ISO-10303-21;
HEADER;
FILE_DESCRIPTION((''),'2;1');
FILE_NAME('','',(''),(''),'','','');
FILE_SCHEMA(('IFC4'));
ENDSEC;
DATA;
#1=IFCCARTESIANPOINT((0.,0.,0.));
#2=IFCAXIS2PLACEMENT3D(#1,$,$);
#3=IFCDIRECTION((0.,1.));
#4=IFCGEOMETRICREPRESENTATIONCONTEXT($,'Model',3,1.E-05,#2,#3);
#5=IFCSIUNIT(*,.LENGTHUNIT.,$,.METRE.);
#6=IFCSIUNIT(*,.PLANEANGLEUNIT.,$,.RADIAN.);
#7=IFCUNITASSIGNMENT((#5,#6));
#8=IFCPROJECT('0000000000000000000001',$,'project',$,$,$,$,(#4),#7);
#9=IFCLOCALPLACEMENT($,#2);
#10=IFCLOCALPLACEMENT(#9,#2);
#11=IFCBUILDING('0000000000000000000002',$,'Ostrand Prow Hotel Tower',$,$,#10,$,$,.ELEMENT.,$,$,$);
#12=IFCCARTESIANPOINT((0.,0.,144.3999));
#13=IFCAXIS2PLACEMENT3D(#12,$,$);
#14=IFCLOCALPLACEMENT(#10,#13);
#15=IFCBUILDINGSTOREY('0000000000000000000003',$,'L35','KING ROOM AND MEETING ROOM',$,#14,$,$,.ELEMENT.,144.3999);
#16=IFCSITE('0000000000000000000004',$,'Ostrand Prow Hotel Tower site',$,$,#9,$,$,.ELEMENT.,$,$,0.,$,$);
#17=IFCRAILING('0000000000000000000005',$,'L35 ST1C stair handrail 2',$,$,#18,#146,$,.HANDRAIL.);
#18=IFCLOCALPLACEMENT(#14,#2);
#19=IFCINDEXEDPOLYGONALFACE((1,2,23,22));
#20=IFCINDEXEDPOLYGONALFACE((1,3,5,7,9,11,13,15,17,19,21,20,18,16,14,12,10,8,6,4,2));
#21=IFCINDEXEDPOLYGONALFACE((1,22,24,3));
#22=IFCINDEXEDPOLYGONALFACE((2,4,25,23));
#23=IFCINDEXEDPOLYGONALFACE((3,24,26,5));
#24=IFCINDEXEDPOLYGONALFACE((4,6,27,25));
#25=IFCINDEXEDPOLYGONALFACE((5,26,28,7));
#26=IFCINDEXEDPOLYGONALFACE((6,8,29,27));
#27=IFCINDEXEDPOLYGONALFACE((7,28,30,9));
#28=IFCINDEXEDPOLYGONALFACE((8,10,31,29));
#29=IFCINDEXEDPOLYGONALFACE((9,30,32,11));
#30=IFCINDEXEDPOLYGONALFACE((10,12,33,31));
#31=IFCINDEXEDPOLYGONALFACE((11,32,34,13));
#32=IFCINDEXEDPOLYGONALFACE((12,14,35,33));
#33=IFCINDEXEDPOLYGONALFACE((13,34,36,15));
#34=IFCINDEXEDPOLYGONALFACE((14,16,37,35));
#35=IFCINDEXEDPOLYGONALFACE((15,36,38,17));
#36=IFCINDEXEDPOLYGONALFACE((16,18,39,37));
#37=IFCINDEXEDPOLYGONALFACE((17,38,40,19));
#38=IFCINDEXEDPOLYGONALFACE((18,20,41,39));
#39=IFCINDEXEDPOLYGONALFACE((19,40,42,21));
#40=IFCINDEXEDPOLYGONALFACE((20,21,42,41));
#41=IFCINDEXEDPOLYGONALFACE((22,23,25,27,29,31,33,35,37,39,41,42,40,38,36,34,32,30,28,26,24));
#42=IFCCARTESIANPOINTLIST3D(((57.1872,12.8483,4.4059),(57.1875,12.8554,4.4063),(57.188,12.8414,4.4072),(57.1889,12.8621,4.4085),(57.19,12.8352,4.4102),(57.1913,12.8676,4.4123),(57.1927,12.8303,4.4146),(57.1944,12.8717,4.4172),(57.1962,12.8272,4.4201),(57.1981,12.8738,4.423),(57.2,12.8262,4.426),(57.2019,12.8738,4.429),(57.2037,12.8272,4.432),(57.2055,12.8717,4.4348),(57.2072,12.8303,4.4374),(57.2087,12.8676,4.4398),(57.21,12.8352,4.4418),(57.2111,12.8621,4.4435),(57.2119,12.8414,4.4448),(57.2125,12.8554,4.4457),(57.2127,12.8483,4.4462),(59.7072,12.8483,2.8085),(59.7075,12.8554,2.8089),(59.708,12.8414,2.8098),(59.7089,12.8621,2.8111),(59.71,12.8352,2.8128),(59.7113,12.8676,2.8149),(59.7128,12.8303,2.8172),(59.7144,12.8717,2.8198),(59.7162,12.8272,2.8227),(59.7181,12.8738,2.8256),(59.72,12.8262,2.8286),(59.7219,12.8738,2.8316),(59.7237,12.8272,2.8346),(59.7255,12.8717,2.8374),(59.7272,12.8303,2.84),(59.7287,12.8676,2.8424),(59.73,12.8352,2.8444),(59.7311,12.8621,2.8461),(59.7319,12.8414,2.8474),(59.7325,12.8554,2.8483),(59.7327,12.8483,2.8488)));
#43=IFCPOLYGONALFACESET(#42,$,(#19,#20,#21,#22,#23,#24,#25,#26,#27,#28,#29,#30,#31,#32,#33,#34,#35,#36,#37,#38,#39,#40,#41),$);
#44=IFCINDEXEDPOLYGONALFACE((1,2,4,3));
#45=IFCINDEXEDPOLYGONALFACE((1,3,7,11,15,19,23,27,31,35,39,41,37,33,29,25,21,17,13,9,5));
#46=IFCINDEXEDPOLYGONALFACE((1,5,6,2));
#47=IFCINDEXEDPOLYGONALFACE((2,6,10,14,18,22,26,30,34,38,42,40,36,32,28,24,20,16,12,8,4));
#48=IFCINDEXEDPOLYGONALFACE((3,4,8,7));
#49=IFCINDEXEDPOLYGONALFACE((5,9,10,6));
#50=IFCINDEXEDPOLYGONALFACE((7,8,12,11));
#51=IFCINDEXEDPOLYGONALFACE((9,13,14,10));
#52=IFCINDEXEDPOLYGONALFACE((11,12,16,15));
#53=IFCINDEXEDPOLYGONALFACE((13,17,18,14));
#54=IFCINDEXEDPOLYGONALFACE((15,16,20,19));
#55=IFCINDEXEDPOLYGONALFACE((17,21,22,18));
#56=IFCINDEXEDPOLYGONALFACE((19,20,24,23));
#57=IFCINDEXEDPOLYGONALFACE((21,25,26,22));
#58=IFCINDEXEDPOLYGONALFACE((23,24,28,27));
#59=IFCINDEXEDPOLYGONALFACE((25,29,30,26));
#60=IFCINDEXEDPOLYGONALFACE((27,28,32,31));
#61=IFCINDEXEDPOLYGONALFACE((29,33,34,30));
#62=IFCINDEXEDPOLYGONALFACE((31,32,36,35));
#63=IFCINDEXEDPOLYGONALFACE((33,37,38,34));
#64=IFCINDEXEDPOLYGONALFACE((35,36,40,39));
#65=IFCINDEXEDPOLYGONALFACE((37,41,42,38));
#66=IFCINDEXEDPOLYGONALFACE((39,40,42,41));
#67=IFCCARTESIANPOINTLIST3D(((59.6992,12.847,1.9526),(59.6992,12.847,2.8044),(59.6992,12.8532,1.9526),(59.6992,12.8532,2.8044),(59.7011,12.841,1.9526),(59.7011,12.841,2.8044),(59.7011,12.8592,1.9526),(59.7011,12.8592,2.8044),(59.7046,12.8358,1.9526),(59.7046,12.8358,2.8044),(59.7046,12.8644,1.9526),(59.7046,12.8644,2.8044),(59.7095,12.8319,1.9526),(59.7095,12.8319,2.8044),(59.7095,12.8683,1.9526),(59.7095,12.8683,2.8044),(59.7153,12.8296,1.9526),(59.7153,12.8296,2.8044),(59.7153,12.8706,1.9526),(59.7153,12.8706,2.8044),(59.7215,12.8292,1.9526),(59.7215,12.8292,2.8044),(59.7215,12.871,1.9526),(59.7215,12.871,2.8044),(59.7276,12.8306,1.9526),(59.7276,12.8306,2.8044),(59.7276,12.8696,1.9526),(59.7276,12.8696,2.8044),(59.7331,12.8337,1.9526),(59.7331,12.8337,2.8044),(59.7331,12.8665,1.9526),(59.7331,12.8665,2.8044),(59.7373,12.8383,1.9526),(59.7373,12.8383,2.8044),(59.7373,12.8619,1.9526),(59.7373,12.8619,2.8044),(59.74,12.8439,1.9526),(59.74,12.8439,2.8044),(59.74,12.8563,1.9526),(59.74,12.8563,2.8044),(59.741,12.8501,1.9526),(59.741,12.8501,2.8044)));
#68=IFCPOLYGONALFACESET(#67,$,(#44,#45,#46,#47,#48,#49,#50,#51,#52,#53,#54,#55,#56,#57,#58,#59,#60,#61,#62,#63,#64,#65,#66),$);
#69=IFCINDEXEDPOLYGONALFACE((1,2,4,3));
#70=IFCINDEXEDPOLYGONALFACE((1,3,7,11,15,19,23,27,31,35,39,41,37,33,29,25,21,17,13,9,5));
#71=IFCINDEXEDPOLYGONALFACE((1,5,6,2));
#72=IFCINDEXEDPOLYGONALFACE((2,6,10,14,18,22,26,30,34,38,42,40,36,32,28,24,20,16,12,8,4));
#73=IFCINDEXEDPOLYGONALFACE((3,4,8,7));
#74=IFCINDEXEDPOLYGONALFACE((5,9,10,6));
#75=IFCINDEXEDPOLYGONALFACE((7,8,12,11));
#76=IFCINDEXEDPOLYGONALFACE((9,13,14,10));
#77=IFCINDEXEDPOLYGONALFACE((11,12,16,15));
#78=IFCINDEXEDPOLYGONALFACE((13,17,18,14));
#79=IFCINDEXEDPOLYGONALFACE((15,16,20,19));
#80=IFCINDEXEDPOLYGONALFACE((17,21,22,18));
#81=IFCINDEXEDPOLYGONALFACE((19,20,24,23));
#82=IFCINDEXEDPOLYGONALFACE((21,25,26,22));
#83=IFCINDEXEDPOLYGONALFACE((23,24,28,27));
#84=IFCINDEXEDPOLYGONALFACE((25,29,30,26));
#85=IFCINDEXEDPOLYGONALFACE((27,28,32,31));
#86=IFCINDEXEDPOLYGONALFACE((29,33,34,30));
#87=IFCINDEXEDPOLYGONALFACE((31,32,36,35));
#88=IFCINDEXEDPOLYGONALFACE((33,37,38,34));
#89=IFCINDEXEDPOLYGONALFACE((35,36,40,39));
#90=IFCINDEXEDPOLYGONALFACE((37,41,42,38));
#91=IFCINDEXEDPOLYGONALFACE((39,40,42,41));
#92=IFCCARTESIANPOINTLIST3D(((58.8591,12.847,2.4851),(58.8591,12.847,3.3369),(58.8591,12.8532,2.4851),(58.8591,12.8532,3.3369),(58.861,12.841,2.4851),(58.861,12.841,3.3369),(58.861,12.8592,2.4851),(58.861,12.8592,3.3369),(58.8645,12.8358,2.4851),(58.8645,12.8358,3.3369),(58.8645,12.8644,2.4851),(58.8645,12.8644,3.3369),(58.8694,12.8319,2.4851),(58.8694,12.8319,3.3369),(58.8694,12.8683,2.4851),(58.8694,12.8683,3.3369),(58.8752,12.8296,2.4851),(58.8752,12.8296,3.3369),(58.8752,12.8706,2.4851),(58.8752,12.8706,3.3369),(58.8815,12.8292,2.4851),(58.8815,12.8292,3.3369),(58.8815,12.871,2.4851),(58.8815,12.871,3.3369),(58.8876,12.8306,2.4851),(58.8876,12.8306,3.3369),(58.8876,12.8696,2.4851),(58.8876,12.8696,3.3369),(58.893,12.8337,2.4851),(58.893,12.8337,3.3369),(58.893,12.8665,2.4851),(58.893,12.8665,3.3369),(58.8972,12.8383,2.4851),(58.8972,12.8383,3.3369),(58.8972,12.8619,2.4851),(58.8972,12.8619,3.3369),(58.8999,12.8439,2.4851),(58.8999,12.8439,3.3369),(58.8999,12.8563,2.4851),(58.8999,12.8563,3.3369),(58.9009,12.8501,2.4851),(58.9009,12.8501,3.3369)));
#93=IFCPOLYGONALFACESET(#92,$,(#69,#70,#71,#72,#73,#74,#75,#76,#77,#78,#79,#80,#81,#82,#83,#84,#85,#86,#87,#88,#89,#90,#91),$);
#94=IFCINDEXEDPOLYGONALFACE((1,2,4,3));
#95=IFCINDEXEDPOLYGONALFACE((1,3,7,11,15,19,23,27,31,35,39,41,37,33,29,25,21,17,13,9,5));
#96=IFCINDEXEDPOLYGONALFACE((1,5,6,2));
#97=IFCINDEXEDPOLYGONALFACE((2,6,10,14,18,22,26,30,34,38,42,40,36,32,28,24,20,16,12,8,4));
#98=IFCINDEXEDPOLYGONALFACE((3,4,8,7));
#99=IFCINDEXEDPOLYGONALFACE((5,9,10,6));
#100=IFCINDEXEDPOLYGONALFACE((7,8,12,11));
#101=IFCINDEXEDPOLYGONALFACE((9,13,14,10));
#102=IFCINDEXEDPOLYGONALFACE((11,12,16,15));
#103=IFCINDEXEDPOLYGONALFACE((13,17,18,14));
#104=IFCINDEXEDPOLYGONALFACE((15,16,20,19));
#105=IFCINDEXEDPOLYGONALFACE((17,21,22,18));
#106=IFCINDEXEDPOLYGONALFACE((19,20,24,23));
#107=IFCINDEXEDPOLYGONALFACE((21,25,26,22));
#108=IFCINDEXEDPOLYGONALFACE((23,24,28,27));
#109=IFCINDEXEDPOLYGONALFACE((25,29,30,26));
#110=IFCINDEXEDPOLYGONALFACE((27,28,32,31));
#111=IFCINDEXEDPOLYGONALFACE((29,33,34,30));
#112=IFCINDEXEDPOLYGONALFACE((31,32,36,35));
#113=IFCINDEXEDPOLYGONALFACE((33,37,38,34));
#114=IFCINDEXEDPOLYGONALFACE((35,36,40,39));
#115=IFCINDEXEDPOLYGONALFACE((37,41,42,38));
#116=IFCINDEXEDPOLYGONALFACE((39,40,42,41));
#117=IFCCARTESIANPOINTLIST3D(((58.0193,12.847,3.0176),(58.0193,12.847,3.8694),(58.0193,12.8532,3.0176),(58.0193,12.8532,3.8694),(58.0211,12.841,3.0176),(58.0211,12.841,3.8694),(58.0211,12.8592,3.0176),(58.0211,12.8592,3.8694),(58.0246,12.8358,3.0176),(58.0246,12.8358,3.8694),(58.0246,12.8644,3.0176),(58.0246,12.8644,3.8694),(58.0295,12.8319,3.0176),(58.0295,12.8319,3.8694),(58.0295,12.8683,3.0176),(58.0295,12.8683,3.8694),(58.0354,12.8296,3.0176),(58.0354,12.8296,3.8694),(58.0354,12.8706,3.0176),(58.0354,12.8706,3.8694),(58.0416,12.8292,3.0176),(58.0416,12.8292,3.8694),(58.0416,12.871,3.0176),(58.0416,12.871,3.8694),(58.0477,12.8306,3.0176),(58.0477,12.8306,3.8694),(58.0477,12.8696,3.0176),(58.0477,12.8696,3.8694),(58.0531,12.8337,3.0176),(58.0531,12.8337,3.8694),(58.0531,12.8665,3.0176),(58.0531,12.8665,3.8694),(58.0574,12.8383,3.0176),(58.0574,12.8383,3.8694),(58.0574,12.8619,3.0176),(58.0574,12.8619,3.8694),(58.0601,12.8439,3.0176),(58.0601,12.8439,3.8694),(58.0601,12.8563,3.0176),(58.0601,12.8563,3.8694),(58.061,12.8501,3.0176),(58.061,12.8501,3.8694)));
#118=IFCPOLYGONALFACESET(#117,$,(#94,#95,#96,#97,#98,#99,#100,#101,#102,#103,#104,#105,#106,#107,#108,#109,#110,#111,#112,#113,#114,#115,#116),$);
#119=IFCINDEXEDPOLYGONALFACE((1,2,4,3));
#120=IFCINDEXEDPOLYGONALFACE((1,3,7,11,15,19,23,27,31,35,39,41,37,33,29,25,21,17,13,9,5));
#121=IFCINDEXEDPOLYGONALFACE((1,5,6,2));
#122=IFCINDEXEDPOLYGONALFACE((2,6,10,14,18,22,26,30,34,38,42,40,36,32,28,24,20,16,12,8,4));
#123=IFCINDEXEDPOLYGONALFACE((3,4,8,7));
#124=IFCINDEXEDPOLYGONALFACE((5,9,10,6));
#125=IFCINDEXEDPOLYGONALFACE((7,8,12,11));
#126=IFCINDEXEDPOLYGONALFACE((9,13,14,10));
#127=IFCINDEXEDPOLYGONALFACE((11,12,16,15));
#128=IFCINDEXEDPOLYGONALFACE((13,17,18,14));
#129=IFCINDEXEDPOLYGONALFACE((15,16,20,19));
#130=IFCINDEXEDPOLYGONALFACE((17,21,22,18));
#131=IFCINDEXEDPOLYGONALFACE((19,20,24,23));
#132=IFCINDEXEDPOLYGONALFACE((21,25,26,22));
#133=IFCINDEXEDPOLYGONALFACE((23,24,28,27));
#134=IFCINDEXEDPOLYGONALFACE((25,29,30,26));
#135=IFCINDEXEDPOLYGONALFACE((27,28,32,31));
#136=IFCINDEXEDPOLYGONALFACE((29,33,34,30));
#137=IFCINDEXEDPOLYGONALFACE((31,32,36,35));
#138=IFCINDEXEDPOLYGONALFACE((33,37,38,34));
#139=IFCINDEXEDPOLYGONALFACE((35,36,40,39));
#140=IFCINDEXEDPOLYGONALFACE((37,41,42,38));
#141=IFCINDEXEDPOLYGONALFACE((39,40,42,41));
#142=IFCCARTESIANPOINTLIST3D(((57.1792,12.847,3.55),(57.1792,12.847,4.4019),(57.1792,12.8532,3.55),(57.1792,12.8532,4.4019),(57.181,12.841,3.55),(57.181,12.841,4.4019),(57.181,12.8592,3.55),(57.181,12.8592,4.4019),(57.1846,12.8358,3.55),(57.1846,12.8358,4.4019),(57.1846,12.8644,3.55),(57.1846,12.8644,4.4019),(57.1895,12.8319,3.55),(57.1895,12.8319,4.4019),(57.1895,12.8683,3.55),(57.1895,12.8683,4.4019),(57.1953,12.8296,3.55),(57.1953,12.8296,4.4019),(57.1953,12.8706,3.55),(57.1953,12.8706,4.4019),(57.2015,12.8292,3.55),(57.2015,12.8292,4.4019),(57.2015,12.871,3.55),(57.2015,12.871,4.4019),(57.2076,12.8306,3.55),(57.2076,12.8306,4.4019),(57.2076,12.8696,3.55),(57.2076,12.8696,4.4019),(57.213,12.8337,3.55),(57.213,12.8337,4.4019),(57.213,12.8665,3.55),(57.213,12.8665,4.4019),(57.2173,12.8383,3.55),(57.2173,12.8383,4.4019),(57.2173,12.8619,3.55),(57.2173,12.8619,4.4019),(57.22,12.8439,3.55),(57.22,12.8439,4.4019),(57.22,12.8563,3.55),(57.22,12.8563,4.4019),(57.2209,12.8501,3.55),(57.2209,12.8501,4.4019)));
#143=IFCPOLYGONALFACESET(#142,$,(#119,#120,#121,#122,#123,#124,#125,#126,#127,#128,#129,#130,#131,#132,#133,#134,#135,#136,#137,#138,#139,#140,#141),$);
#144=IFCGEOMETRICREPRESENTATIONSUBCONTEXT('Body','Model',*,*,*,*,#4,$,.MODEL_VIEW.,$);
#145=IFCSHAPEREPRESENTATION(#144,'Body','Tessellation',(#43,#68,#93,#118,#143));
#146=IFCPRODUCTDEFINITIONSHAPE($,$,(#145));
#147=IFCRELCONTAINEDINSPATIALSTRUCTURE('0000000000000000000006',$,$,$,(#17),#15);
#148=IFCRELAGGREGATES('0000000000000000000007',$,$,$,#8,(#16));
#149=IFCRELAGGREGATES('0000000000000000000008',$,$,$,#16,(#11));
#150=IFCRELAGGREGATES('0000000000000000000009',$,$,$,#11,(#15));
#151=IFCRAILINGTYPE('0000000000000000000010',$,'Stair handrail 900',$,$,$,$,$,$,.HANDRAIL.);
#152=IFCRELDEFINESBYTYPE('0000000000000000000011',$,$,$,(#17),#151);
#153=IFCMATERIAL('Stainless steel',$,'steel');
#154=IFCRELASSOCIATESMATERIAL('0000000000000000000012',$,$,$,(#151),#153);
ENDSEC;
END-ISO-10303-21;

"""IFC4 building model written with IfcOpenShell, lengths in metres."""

from ifc_helpers import new_model, si_unit, direction, frame, origin, origin_2d, place, context, subcontext, project, spatial, circle, extrude, material, type_object, element, save


model = new_model("IFC4")

# Units and contexts
model_context = context("Model", 3, precision=1e-05, world=origin(), true_north=direction((0.0, 1.0)))
body_context = subcontext(model_context, "Body", "Model", "MODEL_VIEW")
ifc_project = project(units=[si_unit("LENGTHUNIT", "METRE"), si_unit("PLANEANGLEUNIT", "RADIAN")], contexts=[model_context])

# Site, building, storey
site_placement = place(None, origin())
site = spatial("IfcSite", under=ifc_project, at=site_placement, Name="Ostrand Prow Hotel Tower site", CompositionType="ELEMENT", RefElevation=0.0)
building_placement = place(site_placement, origin())
building = spatial("IfcBuilding", under=site, at=building_placement, Name="Ostrand Prow Hotel Tower", CompositionType="ELEMENT")
storey_placement = place(building_placement, frame((0.0, 0.0, 144.3999)))
storey = spatial("IfcBuildingStorey", under=building, at=storey_placement, Name="L35", Description="KING ROOM AND MEETING ROOM", CompositionType="ELEMENT", Elevation=144.3999)

# Railing
ifc_material_1 = material(Name="Stainless steel", Category="steel")
railing_type_1 = type_object("IfcRailingType", Name="Stair handrail 900", PredefinedType="HANDRAIL", material=ifc_material_1)
railing_1_placement = place(storey_placement, frame((59.72, 12.8501, 1.9526)))
element("IfcRailing", 1, at=railing_1_placement, inside=storey, type_object=railing_type_1, Name="L35 ST1C stair handrail 2", PredefinedType="HANDRAIL", context=body_context, shape_type="SweptSolid", body=[
    extrude(circle(Radius=0.0239, at=origin_2d()), frame((0.0, 0.0, 0.876), z_axis=(-0.844607, 0.0, 0.535387), x_axis=(0.0, -1.0, 0.0)), (0.0, 0.0, 1.0), 2.9836),
    extrude(circle(Radius=0.021, at=origin_2d()), origin(), (0.0, 0.0, 1.0), 0.8518),
    extrude(circle(Radius=0.021, at=origin_2d()), frame((-0.8401, 0.0, 0.5325)), (0.0, 0.0, 1.0), 0.8518),
    extrude(circle(Radius=0.021, at=origin_2d()), frame((-1.6799, 0.0, 1.0649)), (0.0, 0.0, 1.0), 0.8518),
    extrude(circle(Radius=0.021, at=origin_2d()), frame((-2.52, 0.0, 1.5974)), (0.0, 0.0, 1.0), 0.8518),
])

save(model, "model.ifc")
